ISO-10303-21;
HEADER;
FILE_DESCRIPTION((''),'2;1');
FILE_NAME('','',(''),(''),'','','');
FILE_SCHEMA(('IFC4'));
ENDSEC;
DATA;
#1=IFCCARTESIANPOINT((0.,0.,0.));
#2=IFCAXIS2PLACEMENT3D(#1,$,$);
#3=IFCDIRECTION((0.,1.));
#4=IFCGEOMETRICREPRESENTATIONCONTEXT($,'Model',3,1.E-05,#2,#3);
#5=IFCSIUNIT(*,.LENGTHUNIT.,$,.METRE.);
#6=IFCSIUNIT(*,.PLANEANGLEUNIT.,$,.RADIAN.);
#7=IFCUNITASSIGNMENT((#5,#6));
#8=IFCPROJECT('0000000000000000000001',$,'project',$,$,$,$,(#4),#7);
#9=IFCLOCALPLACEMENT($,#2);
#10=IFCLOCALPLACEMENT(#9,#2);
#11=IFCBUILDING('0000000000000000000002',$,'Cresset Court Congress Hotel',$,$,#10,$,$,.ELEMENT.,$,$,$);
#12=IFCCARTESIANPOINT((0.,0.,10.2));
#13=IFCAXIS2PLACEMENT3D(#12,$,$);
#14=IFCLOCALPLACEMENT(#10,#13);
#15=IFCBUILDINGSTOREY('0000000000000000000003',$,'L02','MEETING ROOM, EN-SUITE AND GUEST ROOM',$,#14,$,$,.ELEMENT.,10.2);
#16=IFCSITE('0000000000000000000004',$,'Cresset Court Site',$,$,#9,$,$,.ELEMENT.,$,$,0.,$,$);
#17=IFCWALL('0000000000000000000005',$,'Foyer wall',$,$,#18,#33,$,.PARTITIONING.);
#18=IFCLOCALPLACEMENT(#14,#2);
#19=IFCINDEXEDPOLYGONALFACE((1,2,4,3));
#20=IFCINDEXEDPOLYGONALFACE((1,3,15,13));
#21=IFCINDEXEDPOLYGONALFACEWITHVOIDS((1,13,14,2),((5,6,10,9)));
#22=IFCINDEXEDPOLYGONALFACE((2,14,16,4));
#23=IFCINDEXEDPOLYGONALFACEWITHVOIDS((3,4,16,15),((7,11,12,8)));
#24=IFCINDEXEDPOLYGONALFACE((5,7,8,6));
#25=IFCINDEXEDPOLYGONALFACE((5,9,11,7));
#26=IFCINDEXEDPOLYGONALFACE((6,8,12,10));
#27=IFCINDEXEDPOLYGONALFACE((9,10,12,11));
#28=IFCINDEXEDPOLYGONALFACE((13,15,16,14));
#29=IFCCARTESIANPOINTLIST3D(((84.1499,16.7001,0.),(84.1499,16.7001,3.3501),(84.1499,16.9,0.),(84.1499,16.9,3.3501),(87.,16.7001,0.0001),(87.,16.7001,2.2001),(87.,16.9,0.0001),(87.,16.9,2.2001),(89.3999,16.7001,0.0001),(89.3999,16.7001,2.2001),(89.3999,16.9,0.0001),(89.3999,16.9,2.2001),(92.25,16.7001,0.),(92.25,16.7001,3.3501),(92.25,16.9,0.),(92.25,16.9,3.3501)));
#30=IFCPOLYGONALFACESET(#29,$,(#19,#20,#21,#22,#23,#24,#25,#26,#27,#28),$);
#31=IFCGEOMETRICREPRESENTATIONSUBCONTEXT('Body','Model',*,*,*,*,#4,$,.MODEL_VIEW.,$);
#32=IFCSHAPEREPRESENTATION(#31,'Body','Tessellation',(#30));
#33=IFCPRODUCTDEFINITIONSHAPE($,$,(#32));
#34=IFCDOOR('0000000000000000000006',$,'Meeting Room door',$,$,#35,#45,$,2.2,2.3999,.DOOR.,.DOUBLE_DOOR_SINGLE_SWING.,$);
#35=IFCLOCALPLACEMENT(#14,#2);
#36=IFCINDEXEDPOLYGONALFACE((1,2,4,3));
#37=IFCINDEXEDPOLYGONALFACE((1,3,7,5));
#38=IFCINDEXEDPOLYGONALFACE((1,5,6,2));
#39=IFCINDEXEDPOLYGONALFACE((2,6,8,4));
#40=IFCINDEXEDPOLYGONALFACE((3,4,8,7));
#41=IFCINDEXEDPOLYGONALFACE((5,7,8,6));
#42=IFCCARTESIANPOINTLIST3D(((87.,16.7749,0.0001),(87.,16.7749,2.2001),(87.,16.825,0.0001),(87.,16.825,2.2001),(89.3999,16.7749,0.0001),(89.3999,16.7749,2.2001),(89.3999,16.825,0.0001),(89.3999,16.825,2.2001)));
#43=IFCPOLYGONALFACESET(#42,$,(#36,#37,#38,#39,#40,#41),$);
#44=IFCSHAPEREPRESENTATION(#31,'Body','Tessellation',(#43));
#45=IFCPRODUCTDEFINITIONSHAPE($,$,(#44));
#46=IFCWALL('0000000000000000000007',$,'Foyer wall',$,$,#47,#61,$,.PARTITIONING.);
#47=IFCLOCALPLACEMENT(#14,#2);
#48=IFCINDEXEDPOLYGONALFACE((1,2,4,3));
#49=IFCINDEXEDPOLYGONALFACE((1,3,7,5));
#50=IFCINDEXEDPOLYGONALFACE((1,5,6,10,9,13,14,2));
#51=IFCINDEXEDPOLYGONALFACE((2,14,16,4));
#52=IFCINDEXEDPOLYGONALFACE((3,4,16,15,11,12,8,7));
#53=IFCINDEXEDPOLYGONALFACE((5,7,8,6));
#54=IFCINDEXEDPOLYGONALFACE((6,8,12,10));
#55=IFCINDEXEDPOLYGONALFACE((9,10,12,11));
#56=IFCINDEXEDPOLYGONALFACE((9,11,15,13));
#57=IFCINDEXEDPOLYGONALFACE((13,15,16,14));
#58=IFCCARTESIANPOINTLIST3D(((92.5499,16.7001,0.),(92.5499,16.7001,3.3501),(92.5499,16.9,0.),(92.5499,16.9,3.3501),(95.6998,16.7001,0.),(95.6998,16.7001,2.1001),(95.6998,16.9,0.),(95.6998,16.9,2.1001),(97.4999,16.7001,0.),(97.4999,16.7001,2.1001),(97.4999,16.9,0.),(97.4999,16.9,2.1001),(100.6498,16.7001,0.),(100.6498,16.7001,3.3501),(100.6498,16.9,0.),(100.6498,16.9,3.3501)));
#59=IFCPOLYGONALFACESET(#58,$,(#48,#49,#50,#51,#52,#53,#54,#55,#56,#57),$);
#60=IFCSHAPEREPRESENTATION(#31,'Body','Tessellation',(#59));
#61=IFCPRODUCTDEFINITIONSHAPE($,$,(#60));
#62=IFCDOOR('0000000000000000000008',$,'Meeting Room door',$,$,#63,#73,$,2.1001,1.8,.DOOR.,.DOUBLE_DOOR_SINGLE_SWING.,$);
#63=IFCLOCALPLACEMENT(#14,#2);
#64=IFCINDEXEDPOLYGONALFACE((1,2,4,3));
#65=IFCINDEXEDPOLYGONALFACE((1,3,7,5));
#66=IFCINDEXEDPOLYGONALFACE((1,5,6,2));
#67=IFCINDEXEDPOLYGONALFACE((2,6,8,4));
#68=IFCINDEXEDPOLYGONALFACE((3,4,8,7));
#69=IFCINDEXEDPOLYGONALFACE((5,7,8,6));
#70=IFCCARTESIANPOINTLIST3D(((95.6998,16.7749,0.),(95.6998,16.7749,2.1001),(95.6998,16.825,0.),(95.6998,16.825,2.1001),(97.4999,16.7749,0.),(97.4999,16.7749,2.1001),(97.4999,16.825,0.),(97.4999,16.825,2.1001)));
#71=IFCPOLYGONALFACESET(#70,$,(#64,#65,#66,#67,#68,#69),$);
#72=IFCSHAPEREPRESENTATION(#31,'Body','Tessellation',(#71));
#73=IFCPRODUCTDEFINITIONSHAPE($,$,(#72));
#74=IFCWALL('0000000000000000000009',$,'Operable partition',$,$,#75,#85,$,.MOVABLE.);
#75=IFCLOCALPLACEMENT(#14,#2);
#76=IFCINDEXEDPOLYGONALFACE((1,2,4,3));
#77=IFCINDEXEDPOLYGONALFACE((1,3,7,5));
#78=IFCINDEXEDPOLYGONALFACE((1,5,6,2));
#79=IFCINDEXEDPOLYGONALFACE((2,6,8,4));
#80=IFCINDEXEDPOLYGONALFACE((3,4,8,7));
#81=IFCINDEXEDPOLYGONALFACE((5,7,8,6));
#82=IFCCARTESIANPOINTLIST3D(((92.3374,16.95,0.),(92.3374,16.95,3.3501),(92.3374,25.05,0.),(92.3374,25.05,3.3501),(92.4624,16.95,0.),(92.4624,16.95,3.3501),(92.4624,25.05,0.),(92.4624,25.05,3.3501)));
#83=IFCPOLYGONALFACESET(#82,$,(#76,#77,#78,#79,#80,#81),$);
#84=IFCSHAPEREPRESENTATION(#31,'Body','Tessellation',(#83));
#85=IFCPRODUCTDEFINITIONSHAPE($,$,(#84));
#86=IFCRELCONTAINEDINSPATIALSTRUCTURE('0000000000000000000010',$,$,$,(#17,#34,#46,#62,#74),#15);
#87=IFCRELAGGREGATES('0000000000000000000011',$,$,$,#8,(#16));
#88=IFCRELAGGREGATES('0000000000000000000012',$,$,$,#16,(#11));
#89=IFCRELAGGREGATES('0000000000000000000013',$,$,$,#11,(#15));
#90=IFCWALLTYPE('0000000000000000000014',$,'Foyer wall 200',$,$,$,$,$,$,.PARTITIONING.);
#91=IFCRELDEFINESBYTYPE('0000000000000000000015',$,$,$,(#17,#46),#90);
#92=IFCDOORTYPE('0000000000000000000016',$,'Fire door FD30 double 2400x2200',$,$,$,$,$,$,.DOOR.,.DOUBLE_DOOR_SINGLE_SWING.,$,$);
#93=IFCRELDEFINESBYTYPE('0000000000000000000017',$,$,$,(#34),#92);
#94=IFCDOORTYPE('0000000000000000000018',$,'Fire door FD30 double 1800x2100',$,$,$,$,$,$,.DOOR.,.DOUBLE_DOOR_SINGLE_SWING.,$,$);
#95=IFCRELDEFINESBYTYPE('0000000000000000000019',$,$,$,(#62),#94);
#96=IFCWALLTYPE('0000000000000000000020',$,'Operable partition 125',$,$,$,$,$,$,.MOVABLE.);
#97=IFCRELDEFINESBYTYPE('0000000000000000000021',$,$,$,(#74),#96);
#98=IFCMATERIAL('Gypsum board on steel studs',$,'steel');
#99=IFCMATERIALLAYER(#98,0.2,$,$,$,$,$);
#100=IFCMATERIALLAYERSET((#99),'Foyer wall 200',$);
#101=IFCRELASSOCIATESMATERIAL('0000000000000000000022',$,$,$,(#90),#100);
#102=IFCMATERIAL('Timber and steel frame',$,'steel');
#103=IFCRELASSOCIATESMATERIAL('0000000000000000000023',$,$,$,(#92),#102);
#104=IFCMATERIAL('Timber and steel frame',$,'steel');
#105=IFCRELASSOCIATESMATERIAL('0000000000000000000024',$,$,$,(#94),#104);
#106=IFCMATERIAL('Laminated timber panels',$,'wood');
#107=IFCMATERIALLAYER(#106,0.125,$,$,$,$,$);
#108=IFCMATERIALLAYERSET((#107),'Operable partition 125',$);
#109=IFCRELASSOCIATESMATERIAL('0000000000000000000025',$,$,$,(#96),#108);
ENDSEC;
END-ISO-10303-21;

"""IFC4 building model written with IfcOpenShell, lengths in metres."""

from ifc_helpers import new_model, si_unit, direction, frame, frame_2d, origin, place, context, subcontext, project, spatial, rectangle, extrude, material, layer, layer_set, type_object, element, fill, save


model = new_model("IFC4")

# Units and contexts
model_context = context("Model", 3, precision=1e-05, world=origin(), true_north=direction((0.0, 1.0)))
body_context = subcontext(model_context, "Body", "Model", "MODEL_VIEW")
ifc_project = project(units=[si_unit("LENGTHUNIT", "METRE"), si_unit("PLANEANGLEUNIT", "RADIAN")], contexts=[model_context])

# Site, building, storey
site_placement = place(None, origin())
site = spatial("IfcSite", under=ifc_project, at=site_placement, Name="Cresset Court Site", CompositionType="ELEMENT", RefElevation=0.0)
building_placement = place(site_placement, origin())
building = spatial("IfcBuilding", under=site, at=building_placement, Name="Cresset Court Congress Hotel", CompositionType="ELEMENT")
storey_placement = place(building_placement, frame((0.0, 0.0, 10.2)))
storey = spatial("IfcBuildingStorey", under=building, at=storey_placement, Name="L02", Description="MEETING ROOM, EN-SUITE AND GUEST ROOM", CompositionType="ELEMENT", Elevation=10.2)

# Walls, openings, doors
ifc_material_1 = material(Name="Gypsum board on steel studs", Category="steel")
ifc_layer_1 = layer(ifc_material_1, 0.2)
ifc_layer_set_1 = layer_set([ifc_layer_1], Name="Foyer wall 200")
wall_type_1 = type_object("IfcWallType", Name="Foyer wall 200", PredefinedType="PARTITIONING", material=ifc_layer_set_1)
wall_1_placement = place(storey_placement, frame((84.1499, 16.8, 0.0), z_axis=(0.0, 0.0, 1.0), x_axis=(1.0, 0.0, 0.0)))
wall_1 = element("IfcWall", 1, at=wall_1_placement, inside=storey, type_object=wall_type_1, Name="Foyer wall", PredefinedType="PARTITIONING", context=body_context, shape_type="SweptSolid", body=[
    extrude(rectangle(XDim=8.1001, YDim=0.2, at=frame_2d((4.05, 0.0))), origin(), (0.0, 0.0, 1.0), 3.3501),
])
opening_1_placement = place(wall_1_placement, frame((2.8501, 0.0, 0.0)))
opening_1 = element("IfcOpeningElement", 2, at=opening_1_placement, cuts=wall_1, PredefinedType="OPENING", context=body_context, shape_type="SweptSolid", body=[
    extrude(rectangle(XDim=2.3999, YDim=2.2, at=frame_2d((1.2, 1.1001))), frame((0.0, 0.1099, 0.0), z_axis=(0.0, -1.0, 0.0), x_axis=(1.0, 0.0, 0.0)), (0.0, 0.0, 1.0), 0.22),
])
ifc_material_2 = material(Name="Timber and steel frame", Category="steel")
door_type_1 = type_object("IfcDoorType", Name="Fire door FD30 double 2400x2200", OperationType="DOUBLE_DOOR_SINGLE_SWING", PredefinedType="DOOR", material=ifc_material_2)
door_1_placement = place(opening_1_placement, origin())
door_1 = element("IfcDoor", 3, at=door_1_placement, inside=storey, type_object=door_type_1, Name="Meeting Room door", OperationType="DOUBLE_DOOR_SINGLE_SWING", OverallHeight=2.2, OverallWidth=2.3999, PredefinedType="DOOR", context=body_context, shape_type="SweptSolid", body=[
    extrude(rectangle(XDim=2.3999, YDim=2.2, at=frame_2d((1.2, 1.1001))), frame((0.0, 0.0249, 0.0), z_axis=(0.0, -1.0, 0.0), x_axis=(1.0, 0.0, 0.0)), (0.0, 0.0, 1.0), 0.05),
])
fill(opening_1, door_1)
wall_2_placement = place(storey_placement, frame((92.55, 16.8, 0.0), z_axis=(0.0, 0.0, 1.0), x_axis=(1.0, 0.0, 0.0)))
wall_2 = element("IfcWall", 4, at=wall_2_placement, inside=storey, type_object=wall_type_1, Name="Foyer wall", PredefinedType="PARTITIONING", context=body_context, shape_type="SweptSolid", body=[
    extrude(rectangle(XDim=8.0999, YDim=0.2, at=frame_2d((4.0498, 0.0))), origin(), (0.0, 0.0, 1.0), 3.3501),
])
opening_2_placement = place(wall_2_placement, frame((3.1499, 0.0, 0.0)))
opening_2 = element("IfcOpeningElement", 5, at=opening_2_placement, cuts=wall_2, PredefinedType="OPENING", context=body_context, shape_type="SweptSolid", body=[
    extrude(rectangle(XDim=1.8, YDim=2.1001, at=frame_2d((0.8999, 1.05))), frame((0.0, 0.1099, 0.0), z_axis=(0.0, -1.0, 0.0), x_axis=(1.0, 0.0, 0.0)), (0.0, 0.0, 1.0), 0.22),
])
ifc_material_3 = material(Name="Timber and steel frame", Category="steel")
door_type_2 = type_object("IfcDoorType", Name="Fire door FD30 double 1800x2100", OperationType="DOUBLE_DOOR_SINGLE_SWING", PredefinedType="DOOR", material=ifc_material_3)
door_2_placement = place(opening_2_placement, origin())
door_2 = element("IfcDoor", 6, at=door_2_placement, inside=storey, type_object=door_type_2, Name="Meeting Room door", OperationType="DOUBLE_DOOR_SINGLE_SWING", OverallHeight=2.1001, OverallWidth=1.8, PredefinedType="DOOR", context=body_context, shape_type="SweptSolid", body=[
    extrude(rectangle(XDim=1.8, YDim=2.1001, at=frame_2d((0.8999, 1.05))), frame((0.0, 0.0249, 0.0), z_axis=(0.0, -1.0, 0.0), x_axis=(1.0, 0.0, 0.0)), (0.0, 0.0, 1.0), 0.05),
])
fill(opening_2, door_2)

# Wall
ifc_material_4 = material(Name="Laminated timber panels", Category="wood")
ifc_layer_2 = layer(ifc_material_4, 0.125)
ifc_layer_set_2 = layer_set([ifc_layer_2], Name="Operable partition 125")
wall_type_2 = type_object("IfcWallType", Name="Operable partition 125", PredefinedType="MOVABLE", material=ifc_layer_set_2)
wall_3_placement = place(storey_placement, frame((92.3999, 16.95, 0.0), z_axis=(0.0, 0.0, 1.0), x_axis=(0.0, 1.0, 0.0)))
element("IfcWall", 7, at=wall_3_placement, inside=storey, type_object=wall_type_2, Name="Operable partition", PredefinedType="MOVABLE", context=body_context, shape_type="SweptSolid", body=[
    extrude(rectangle(XDim=8.1001, YDim=0.125, at=frame_2d((4.05, 0.0))), origin(), (0.0, 0.0, 1.0), 3.3501),
])

save(model, "model.ifc")
